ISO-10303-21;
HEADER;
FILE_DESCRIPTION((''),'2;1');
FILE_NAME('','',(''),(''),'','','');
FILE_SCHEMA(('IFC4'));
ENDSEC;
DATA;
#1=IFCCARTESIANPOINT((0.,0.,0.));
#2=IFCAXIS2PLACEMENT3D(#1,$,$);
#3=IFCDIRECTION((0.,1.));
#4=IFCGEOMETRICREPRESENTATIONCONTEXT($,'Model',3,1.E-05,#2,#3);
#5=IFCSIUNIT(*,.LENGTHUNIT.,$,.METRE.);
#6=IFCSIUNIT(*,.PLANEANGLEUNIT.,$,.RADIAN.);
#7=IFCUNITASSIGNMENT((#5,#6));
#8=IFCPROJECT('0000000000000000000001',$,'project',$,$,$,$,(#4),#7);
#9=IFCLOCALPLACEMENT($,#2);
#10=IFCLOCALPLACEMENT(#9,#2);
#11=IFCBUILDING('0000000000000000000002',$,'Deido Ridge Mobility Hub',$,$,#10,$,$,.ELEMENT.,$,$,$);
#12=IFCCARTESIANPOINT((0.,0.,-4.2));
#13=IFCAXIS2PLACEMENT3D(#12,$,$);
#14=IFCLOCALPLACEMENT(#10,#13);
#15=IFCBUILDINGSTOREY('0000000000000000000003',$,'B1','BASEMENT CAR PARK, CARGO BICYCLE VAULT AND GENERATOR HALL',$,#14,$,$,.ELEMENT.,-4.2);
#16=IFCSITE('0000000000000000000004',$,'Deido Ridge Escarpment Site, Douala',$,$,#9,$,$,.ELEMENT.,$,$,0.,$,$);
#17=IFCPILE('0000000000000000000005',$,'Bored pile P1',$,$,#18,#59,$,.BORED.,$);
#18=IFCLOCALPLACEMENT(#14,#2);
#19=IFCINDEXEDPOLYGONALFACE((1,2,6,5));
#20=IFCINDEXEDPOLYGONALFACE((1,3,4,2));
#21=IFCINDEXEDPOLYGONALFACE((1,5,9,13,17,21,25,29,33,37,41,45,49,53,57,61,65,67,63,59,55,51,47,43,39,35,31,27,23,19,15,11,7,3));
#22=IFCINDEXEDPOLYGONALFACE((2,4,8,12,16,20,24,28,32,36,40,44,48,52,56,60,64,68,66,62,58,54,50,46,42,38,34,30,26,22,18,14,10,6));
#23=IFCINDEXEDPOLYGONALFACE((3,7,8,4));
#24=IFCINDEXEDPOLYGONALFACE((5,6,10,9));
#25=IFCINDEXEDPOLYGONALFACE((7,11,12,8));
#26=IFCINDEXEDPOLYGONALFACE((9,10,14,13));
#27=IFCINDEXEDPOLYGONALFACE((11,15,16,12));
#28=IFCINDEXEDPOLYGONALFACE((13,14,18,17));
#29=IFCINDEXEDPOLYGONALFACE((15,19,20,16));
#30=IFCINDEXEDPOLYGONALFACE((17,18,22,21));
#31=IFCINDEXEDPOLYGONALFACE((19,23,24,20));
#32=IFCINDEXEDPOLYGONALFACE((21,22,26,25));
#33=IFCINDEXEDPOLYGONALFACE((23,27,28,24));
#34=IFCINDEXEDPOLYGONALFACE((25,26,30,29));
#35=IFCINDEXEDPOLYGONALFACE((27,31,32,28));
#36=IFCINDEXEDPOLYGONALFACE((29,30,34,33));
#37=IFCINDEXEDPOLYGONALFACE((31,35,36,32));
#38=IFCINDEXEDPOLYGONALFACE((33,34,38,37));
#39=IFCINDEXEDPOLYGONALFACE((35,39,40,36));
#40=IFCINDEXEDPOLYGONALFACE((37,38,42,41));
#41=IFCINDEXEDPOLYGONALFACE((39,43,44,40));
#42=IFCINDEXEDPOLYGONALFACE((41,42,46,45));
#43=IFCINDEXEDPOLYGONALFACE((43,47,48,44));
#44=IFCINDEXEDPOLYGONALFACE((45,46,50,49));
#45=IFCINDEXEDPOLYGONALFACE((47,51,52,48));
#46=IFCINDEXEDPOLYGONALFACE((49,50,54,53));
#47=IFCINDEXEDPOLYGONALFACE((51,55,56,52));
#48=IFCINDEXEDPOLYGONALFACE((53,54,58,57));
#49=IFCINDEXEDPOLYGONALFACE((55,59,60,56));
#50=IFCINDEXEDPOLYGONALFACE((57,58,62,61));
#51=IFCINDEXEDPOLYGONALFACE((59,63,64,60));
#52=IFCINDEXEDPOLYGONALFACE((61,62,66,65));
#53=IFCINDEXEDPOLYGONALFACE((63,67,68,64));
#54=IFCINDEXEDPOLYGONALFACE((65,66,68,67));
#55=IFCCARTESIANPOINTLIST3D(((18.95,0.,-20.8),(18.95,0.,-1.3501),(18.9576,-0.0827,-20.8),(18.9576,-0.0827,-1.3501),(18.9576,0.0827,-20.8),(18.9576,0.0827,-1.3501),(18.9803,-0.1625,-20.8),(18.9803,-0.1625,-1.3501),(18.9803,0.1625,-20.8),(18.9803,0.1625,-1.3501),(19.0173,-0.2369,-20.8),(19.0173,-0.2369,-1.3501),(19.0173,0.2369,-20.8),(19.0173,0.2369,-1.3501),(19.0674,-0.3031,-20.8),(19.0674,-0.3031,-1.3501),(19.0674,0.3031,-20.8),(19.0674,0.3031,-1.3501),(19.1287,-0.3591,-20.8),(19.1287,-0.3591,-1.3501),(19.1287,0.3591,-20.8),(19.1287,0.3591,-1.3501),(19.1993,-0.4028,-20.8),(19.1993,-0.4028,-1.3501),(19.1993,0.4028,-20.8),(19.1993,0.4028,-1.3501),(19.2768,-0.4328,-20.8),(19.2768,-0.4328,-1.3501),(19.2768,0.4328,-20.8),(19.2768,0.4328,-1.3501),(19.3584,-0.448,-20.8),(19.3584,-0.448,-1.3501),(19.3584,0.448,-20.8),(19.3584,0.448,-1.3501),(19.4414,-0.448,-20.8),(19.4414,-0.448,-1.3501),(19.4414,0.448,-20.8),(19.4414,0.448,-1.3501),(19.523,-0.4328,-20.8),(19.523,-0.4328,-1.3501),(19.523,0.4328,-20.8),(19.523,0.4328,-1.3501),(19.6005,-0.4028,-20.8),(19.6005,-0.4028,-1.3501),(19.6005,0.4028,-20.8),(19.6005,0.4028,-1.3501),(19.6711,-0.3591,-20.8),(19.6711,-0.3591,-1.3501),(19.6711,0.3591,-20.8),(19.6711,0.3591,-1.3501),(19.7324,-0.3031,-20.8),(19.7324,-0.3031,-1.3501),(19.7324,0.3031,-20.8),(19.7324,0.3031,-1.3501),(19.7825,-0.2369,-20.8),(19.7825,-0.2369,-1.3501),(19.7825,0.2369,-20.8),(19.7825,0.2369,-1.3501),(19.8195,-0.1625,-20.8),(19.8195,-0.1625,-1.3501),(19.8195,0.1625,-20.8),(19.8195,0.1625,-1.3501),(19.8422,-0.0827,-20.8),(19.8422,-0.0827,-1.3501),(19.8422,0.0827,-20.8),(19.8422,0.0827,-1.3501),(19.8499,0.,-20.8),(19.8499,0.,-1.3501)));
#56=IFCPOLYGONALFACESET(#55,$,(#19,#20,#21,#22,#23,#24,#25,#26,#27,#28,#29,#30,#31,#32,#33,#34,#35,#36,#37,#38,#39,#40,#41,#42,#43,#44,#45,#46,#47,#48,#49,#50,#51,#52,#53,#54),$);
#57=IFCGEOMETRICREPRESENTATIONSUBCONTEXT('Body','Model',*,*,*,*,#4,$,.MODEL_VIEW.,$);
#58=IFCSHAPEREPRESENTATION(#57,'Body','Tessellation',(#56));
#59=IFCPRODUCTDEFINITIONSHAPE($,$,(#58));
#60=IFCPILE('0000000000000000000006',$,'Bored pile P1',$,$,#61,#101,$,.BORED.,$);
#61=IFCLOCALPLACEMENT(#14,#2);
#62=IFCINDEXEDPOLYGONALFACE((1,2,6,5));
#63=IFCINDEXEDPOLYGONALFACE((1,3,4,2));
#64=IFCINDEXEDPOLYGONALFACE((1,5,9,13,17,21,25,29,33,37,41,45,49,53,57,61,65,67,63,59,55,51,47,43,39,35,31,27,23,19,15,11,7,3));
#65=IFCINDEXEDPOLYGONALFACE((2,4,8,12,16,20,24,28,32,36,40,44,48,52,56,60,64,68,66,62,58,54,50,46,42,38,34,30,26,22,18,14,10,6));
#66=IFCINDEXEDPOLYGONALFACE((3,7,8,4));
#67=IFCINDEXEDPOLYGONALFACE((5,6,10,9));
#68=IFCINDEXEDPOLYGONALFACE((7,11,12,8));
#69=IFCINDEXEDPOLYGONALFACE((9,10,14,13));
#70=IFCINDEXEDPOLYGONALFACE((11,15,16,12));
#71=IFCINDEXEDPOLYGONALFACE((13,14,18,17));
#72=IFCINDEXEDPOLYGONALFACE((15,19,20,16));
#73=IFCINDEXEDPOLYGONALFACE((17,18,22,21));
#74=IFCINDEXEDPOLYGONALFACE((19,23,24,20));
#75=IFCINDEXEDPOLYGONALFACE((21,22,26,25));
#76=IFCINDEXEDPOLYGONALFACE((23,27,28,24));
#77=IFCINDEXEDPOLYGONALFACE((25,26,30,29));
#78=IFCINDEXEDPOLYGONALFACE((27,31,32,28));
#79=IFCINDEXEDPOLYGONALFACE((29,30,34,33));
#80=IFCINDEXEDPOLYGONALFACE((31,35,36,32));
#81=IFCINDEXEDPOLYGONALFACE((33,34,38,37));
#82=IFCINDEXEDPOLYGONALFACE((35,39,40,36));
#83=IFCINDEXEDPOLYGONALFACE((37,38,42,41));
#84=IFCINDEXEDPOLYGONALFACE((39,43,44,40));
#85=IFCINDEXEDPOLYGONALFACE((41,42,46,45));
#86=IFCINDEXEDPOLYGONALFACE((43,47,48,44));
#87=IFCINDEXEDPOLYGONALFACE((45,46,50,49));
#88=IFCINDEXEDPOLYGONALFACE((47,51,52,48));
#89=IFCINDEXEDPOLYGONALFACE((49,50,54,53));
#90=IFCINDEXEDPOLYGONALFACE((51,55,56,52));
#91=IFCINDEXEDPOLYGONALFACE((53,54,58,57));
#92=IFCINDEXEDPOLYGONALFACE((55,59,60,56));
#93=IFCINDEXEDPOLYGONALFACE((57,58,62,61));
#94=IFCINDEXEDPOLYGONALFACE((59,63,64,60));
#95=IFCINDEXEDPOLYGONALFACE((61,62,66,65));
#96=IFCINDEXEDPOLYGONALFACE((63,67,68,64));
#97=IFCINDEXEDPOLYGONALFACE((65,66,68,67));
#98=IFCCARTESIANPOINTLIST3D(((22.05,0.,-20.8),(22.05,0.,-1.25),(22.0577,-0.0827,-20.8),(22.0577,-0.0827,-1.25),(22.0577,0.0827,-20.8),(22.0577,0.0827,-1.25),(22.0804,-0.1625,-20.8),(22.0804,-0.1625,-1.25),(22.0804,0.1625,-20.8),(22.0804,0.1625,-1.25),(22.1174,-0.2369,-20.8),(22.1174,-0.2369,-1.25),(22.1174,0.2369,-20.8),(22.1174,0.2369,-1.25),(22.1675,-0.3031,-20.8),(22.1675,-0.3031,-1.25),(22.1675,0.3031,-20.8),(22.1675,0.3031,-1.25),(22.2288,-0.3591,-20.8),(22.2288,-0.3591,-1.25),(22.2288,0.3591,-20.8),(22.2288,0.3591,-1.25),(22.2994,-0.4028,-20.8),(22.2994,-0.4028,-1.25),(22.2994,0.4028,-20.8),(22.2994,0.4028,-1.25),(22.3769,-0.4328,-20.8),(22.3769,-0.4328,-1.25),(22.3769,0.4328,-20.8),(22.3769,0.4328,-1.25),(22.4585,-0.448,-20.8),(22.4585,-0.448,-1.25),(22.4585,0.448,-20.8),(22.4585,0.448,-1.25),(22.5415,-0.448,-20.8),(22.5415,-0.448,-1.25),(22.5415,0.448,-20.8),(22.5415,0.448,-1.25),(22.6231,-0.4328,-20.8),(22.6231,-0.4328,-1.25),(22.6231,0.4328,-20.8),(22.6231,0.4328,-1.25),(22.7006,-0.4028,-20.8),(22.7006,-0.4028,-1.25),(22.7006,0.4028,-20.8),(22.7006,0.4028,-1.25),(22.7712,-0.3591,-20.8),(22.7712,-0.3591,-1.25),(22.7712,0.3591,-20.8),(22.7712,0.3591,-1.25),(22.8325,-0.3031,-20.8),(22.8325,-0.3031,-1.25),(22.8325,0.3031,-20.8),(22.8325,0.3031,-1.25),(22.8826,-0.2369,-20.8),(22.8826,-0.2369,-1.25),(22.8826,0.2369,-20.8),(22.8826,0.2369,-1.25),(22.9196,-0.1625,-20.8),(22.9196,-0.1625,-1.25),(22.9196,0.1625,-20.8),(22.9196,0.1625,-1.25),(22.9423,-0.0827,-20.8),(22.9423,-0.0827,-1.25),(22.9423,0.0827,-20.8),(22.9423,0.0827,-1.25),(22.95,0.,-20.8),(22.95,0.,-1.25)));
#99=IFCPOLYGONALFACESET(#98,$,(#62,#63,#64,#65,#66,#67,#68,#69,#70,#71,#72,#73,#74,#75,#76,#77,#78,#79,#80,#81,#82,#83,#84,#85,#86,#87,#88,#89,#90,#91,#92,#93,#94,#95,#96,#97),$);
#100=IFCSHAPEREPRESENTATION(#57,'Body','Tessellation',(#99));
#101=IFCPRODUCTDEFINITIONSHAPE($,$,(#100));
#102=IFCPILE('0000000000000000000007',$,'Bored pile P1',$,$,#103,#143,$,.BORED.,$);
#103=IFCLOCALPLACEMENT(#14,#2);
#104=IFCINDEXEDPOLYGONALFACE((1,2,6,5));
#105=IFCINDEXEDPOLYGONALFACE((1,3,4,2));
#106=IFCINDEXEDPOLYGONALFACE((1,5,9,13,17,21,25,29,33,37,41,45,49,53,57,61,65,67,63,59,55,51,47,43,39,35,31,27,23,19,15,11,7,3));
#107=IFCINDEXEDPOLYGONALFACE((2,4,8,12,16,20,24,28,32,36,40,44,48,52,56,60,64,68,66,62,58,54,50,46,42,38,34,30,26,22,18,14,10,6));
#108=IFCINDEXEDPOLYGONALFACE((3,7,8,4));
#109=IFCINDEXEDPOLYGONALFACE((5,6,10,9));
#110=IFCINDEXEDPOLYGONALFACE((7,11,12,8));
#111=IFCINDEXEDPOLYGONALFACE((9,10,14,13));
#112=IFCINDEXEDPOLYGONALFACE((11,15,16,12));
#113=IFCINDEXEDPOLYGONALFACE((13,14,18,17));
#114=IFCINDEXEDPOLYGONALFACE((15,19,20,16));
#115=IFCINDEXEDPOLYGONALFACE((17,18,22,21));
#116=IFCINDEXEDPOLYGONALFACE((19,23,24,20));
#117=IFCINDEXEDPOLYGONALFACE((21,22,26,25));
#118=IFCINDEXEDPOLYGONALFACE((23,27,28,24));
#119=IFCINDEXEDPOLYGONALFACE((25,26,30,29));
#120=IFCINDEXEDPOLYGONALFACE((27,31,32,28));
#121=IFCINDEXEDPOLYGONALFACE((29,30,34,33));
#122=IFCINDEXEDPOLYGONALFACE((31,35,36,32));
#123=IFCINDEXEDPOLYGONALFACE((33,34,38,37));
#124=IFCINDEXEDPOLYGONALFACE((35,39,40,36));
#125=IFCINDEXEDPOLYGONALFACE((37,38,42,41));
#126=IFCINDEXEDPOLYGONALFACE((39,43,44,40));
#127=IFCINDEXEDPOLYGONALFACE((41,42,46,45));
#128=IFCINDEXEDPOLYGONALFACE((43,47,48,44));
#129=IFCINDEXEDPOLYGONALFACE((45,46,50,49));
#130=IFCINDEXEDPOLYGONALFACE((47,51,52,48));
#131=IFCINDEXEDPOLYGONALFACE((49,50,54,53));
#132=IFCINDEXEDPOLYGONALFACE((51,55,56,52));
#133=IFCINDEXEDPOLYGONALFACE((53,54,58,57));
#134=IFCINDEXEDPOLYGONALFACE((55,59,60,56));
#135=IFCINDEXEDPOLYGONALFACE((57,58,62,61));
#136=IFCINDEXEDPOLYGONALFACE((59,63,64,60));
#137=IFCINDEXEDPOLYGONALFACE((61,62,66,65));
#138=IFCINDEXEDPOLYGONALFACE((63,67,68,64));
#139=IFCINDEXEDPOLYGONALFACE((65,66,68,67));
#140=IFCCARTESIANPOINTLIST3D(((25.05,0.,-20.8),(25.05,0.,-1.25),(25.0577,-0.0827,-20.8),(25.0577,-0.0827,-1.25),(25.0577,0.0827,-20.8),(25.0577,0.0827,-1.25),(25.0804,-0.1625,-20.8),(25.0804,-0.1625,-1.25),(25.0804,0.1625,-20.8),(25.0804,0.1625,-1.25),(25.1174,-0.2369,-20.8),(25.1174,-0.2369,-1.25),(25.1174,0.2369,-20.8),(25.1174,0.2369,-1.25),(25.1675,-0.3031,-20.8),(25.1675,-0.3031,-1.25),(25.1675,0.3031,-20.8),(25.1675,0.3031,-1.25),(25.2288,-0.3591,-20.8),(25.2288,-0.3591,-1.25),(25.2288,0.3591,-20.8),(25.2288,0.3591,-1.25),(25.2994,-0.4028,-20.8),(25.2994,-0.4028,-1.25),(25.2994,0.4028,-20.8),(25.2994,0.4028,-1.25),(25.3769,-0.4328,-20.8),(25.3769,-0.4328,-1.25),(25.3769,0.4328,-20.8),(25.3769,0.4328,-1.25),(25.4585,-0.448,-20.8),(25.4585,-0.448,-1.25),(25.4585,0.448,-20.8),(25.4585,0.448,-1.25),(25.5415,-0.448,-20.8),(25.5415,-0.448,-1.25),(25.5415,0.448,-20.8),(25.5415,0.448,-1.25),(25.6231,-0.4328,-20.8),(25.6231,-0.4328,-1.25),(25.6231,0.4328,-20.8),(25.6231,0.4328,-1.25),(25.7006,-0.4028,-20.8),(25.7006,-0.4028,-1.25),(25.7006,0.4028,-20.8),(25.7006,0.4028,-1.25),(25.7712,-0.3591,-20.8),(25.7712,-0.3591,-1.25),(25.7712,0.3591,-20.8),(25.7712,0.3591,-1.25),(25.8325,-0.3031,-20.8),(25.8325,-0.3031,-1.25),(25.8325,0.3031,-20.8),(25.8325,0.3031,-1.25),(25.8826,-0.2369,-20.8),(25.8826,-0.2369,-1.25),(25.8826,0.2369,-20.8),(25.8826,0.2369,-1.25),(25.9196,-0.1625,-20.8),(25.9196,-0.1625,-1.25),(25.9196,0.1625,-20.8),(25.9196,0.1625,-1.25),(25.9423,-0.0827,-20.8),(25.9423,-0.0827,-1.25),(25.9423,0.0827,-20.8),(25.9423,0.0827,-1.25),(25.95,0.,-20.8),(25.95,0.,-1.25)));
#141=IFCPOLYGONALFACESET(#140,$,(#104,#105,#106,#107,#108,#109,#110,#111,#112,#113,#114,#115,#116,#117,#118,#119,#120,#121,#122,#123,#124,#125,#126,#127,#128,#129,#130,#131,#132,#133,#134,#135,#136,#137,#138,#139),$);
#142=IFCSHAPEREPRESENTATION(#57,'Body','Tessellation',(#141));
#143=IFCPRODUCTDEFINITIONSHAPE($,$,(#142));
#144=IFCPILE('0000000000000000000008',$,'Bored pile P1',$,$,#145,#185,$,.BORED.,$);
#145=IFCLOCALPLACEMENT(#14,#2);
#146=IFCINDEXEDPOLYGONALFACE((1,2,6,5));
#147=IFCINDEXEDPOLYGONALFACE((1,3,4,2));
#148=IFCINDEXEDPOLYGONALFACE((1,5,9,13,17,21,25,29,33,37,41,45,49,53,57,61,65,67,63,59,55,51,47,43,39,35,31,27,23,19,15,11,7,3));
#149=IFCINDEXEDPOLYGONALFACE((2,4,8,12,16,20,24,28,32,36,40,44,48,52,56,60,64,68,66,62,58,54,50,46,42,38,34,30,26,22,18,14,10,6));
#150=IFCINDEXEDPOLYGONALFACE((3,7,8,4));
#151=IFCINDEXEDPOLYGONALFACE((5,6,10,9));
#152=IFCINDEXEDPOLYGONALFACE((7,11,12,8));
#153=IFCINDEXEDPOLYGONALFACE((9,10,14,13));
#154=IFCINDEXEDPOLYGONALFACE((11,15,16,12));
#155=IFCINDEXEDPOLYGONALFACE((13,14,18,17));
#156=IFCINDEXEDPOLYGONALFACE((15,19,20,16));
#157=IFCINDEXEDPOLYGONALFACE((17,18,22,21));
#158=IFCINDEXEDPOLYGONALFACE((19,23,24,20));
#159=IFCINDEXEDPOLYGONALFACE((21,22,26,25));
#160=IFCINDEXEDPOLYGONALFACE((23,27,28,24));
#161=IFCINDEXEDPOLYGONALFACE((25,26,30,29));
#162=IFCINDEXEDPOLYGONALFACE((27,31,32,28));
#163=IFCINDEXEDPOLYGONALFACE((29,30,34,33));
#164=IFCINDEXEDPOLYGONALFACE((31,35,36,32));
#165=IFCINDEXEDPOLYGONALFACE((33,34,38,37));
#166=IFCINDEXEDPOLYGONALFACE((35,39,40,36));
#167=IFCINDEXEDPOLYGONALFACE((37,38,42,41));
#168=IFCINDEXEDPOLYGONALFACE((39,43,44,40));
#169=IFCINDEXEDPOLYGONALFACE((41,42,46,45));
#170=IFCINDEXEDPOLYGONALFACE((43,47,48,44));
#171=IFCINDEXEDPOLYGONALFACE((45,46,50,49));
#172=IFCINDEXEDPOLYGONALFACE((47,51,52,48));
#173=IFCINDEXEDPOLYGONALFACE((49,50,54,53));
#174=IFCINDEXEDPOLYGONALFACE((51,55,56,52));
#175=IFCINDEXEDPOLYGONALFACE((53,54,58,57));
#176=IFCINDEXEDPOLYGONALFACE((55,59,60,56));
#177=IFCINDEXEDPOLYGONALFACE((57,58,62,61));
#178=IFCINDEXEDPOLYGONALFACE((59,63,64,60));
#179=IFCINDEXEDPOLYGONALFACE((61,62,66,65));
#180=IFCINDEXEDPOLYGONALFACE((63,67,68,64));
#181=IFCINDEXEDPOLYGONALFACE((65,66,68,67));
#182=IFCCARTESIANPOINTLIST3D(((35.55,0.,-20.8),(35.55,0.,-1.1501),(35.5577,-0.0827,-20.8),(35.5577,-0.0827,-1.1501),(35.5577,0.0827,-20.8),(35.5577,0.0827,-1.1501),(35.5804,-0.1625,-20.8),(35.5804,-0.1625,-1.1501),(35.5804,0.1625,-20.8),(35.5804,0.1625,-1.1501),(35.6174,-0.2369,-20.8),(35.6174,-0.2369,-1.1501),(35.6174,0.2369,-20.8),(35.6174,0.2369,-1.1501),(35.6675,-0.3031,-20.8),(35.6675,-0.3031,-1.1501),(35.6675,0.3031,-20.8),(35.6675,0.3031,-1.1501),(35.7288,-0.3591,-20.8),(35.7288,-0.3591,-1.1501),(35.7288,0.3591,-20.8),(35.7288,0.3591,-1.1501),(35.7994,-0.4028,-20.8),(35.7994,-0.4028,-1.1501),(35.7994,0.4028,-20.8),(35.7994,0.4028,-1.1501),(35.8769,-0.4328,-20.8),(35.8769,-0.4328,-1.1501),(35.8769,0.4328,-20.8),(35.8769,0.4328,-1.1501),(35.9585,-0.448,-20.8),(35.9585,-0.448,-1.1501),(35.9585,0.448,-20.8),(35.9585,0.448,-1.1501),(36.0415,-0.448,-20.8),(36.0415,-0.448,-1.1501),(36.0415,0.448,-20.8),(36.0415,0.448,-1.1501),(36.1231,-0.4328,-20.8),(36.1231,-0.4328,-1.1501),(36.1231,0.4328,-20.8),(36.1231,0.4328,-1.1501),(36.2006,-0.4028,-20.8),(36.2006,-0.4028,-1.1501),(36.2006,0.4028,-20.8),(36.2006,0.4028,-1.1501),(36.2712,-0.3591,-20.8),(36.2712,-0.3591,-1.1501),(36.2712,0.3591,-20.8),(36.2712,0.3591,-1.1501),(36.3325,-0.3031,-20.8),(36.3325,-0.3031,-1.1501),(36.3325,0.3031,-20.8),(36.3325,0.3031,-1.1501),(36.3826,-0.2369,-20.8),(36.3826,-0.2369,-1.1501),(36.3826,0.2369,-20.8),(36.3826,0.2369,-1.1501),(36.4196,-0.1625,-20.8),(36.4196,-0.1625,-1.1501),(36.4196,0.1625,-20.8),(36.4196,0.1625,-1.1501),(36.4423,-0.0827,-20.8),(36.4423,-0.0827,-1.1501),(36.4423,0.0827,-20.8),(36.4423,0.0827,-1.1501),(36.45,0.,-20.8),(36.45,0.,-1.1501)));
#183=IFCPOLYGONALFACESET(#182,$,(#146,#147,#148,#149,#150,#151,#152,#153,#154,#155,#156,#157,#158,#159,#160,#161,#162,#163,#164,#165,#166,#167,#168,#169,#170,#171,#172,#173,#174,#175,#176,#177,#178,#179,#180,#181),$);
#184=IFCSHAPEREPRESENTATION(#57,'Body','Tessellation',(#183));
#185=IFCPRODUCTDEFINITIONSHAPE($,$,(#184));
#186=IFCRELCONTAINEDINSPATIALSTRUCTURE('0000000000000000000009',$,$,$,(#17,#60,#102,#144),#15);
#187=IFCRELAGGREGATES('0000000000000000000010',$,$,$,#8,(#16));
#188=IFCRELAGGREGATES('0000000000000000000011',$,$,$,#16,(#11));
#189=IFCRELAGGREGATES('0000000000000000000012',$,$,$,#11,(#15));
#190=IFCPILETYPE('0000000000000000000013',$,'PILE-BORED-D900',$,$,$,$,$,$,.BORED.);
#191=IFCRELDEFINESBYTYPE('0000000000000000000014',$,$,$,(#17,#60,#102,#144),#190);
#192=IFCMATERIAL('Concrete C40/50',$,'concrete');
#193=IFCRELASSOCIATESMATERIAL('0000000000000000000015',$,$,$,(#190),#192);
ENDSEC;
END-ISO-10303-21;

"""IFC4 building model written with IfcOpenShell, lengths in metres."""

from ifc_helpers import new_model, si_unit, direction, frame, origin, origin_2d, place, context, subcontext, project, spatial, circle, extrude, material, material_profile, profile_set, type_object, element, save


model = new_model("IFC4")

# Units and contexts
model_context = context("Model", 3, precision=1e-05, world=origin(), true_north=direction((0.0, 1.0)))
body_context = subcontext(model_context, "Body", "Model", "MODEL_VIEW")
ifc_project = project(units=[si_unit("LENGTHUNIT", "METRE"), si_unit("PLANEANGLEUNIT", "RADIAN")], contexts=[model_context])

# Site, building, storey
site_placement = place(None, origin())
site = spatial("IfcSite", under=ifc_project, at=site_placement, Name="Deido Ridge Escarpment Site, Douala", CompositionType="ELEMENT", RefElevation=0.0)
building_placement = place(site_placement, origin())
building = spatial("IfcBuilding", under=site, at=building_placement, Name="Deido Ridge Mobility Hub", CompositionType="ELEMENT")
storey_placement = place(building_placement, frame((0.0, 0.0, -4.2)))
storey = spatial("IfcBuildingStorey", under=building, at=storey_placement, Name="B1", Description="BASEMENT CAR PARK, CARGO BICYCLE VAULT AND GENERATOR HALL", CompositionType="ELEMENT", Elevation=-4.2)

# Shared definitions
ifc_material_1 = material(Name="Concrete C40/50", Category="concrete")

# Piles
ifc_material_profile_1 = material_profile(ifc_material_1, circle(Radius=0.45, at=origin_2d()), Name="BORED PILE D900")
ifc_profile_set_1 = profile_set([ifc_material_profile_1], Name="Concrete C40/50")
pile_type_1 = type_object("IfcPileType", Name="PILE-BORED-D900", PredefinedType="BORED", material=ifc_profile_set_1)
pile_1_placement = place(storey_placement, frame((19.3999, 0.0, -1.3501), z_axis=(0.0, 0.0, -1.0), x_axis=(1.0, 0.0, 0.0)))
element("IfcPile", 1, at=pile_1_placement, inside=storey, type_object=pile_type_1, Name="Bored pile P1", PredefinedType="BORED", context=body_context, shape_type="SweptSolid", body=[
    extrude(circle(Radius=0.45, at=origin_2d()), origin(), (0.0, 0.0, 1.0), 19.45),
])
for number, where, z_axis, x_axis, name in (
    (2, (22.5, 0.0, -1.25), (0.0, 0.0, -1.0), (1.0, 0.0, 0.0), "Bored pile P1"),
    (3, (25.5, 0.0, -1.25), (0.0, 0.0, -1.0), (1.0, 0.0, 0.0), "Bored pile P1"),
):
    element("IfcPile", number, at=place(storey_placement, frame(where, z_axis=z_axis, x_axis=x_axis)), inside=storey, type_object=pile_type_1, Name=name, PredefinedType="BORED", context=body_context, shape_type="SweptSolid", body=[
        extrude(circle(Radius=0.45, at=origin_2d()), origin(), (0.0, 0.0, 1.0), 19.55),
    ])
pile_2_placement = place(storey_placement, frame((36.0, 0.0, -1.1501), z_axis=(0.0, 0.0, -1.0), x_axis=(1.0, 0.0, 0.0)))
element("IfcPile", 4, at=pile_2_placement, inside=storey, type_object=pile_type_1, Name="Bored pile P1", PredefinedType="BORED", context=body_context, shape_type="SweptSolid", body=[
    extrude(circle(Radius=0.45, at=origin_2d()), origin(), (0.0, 0.0, 1.0), 19.6499),
])

save(model, "model.ifc")
